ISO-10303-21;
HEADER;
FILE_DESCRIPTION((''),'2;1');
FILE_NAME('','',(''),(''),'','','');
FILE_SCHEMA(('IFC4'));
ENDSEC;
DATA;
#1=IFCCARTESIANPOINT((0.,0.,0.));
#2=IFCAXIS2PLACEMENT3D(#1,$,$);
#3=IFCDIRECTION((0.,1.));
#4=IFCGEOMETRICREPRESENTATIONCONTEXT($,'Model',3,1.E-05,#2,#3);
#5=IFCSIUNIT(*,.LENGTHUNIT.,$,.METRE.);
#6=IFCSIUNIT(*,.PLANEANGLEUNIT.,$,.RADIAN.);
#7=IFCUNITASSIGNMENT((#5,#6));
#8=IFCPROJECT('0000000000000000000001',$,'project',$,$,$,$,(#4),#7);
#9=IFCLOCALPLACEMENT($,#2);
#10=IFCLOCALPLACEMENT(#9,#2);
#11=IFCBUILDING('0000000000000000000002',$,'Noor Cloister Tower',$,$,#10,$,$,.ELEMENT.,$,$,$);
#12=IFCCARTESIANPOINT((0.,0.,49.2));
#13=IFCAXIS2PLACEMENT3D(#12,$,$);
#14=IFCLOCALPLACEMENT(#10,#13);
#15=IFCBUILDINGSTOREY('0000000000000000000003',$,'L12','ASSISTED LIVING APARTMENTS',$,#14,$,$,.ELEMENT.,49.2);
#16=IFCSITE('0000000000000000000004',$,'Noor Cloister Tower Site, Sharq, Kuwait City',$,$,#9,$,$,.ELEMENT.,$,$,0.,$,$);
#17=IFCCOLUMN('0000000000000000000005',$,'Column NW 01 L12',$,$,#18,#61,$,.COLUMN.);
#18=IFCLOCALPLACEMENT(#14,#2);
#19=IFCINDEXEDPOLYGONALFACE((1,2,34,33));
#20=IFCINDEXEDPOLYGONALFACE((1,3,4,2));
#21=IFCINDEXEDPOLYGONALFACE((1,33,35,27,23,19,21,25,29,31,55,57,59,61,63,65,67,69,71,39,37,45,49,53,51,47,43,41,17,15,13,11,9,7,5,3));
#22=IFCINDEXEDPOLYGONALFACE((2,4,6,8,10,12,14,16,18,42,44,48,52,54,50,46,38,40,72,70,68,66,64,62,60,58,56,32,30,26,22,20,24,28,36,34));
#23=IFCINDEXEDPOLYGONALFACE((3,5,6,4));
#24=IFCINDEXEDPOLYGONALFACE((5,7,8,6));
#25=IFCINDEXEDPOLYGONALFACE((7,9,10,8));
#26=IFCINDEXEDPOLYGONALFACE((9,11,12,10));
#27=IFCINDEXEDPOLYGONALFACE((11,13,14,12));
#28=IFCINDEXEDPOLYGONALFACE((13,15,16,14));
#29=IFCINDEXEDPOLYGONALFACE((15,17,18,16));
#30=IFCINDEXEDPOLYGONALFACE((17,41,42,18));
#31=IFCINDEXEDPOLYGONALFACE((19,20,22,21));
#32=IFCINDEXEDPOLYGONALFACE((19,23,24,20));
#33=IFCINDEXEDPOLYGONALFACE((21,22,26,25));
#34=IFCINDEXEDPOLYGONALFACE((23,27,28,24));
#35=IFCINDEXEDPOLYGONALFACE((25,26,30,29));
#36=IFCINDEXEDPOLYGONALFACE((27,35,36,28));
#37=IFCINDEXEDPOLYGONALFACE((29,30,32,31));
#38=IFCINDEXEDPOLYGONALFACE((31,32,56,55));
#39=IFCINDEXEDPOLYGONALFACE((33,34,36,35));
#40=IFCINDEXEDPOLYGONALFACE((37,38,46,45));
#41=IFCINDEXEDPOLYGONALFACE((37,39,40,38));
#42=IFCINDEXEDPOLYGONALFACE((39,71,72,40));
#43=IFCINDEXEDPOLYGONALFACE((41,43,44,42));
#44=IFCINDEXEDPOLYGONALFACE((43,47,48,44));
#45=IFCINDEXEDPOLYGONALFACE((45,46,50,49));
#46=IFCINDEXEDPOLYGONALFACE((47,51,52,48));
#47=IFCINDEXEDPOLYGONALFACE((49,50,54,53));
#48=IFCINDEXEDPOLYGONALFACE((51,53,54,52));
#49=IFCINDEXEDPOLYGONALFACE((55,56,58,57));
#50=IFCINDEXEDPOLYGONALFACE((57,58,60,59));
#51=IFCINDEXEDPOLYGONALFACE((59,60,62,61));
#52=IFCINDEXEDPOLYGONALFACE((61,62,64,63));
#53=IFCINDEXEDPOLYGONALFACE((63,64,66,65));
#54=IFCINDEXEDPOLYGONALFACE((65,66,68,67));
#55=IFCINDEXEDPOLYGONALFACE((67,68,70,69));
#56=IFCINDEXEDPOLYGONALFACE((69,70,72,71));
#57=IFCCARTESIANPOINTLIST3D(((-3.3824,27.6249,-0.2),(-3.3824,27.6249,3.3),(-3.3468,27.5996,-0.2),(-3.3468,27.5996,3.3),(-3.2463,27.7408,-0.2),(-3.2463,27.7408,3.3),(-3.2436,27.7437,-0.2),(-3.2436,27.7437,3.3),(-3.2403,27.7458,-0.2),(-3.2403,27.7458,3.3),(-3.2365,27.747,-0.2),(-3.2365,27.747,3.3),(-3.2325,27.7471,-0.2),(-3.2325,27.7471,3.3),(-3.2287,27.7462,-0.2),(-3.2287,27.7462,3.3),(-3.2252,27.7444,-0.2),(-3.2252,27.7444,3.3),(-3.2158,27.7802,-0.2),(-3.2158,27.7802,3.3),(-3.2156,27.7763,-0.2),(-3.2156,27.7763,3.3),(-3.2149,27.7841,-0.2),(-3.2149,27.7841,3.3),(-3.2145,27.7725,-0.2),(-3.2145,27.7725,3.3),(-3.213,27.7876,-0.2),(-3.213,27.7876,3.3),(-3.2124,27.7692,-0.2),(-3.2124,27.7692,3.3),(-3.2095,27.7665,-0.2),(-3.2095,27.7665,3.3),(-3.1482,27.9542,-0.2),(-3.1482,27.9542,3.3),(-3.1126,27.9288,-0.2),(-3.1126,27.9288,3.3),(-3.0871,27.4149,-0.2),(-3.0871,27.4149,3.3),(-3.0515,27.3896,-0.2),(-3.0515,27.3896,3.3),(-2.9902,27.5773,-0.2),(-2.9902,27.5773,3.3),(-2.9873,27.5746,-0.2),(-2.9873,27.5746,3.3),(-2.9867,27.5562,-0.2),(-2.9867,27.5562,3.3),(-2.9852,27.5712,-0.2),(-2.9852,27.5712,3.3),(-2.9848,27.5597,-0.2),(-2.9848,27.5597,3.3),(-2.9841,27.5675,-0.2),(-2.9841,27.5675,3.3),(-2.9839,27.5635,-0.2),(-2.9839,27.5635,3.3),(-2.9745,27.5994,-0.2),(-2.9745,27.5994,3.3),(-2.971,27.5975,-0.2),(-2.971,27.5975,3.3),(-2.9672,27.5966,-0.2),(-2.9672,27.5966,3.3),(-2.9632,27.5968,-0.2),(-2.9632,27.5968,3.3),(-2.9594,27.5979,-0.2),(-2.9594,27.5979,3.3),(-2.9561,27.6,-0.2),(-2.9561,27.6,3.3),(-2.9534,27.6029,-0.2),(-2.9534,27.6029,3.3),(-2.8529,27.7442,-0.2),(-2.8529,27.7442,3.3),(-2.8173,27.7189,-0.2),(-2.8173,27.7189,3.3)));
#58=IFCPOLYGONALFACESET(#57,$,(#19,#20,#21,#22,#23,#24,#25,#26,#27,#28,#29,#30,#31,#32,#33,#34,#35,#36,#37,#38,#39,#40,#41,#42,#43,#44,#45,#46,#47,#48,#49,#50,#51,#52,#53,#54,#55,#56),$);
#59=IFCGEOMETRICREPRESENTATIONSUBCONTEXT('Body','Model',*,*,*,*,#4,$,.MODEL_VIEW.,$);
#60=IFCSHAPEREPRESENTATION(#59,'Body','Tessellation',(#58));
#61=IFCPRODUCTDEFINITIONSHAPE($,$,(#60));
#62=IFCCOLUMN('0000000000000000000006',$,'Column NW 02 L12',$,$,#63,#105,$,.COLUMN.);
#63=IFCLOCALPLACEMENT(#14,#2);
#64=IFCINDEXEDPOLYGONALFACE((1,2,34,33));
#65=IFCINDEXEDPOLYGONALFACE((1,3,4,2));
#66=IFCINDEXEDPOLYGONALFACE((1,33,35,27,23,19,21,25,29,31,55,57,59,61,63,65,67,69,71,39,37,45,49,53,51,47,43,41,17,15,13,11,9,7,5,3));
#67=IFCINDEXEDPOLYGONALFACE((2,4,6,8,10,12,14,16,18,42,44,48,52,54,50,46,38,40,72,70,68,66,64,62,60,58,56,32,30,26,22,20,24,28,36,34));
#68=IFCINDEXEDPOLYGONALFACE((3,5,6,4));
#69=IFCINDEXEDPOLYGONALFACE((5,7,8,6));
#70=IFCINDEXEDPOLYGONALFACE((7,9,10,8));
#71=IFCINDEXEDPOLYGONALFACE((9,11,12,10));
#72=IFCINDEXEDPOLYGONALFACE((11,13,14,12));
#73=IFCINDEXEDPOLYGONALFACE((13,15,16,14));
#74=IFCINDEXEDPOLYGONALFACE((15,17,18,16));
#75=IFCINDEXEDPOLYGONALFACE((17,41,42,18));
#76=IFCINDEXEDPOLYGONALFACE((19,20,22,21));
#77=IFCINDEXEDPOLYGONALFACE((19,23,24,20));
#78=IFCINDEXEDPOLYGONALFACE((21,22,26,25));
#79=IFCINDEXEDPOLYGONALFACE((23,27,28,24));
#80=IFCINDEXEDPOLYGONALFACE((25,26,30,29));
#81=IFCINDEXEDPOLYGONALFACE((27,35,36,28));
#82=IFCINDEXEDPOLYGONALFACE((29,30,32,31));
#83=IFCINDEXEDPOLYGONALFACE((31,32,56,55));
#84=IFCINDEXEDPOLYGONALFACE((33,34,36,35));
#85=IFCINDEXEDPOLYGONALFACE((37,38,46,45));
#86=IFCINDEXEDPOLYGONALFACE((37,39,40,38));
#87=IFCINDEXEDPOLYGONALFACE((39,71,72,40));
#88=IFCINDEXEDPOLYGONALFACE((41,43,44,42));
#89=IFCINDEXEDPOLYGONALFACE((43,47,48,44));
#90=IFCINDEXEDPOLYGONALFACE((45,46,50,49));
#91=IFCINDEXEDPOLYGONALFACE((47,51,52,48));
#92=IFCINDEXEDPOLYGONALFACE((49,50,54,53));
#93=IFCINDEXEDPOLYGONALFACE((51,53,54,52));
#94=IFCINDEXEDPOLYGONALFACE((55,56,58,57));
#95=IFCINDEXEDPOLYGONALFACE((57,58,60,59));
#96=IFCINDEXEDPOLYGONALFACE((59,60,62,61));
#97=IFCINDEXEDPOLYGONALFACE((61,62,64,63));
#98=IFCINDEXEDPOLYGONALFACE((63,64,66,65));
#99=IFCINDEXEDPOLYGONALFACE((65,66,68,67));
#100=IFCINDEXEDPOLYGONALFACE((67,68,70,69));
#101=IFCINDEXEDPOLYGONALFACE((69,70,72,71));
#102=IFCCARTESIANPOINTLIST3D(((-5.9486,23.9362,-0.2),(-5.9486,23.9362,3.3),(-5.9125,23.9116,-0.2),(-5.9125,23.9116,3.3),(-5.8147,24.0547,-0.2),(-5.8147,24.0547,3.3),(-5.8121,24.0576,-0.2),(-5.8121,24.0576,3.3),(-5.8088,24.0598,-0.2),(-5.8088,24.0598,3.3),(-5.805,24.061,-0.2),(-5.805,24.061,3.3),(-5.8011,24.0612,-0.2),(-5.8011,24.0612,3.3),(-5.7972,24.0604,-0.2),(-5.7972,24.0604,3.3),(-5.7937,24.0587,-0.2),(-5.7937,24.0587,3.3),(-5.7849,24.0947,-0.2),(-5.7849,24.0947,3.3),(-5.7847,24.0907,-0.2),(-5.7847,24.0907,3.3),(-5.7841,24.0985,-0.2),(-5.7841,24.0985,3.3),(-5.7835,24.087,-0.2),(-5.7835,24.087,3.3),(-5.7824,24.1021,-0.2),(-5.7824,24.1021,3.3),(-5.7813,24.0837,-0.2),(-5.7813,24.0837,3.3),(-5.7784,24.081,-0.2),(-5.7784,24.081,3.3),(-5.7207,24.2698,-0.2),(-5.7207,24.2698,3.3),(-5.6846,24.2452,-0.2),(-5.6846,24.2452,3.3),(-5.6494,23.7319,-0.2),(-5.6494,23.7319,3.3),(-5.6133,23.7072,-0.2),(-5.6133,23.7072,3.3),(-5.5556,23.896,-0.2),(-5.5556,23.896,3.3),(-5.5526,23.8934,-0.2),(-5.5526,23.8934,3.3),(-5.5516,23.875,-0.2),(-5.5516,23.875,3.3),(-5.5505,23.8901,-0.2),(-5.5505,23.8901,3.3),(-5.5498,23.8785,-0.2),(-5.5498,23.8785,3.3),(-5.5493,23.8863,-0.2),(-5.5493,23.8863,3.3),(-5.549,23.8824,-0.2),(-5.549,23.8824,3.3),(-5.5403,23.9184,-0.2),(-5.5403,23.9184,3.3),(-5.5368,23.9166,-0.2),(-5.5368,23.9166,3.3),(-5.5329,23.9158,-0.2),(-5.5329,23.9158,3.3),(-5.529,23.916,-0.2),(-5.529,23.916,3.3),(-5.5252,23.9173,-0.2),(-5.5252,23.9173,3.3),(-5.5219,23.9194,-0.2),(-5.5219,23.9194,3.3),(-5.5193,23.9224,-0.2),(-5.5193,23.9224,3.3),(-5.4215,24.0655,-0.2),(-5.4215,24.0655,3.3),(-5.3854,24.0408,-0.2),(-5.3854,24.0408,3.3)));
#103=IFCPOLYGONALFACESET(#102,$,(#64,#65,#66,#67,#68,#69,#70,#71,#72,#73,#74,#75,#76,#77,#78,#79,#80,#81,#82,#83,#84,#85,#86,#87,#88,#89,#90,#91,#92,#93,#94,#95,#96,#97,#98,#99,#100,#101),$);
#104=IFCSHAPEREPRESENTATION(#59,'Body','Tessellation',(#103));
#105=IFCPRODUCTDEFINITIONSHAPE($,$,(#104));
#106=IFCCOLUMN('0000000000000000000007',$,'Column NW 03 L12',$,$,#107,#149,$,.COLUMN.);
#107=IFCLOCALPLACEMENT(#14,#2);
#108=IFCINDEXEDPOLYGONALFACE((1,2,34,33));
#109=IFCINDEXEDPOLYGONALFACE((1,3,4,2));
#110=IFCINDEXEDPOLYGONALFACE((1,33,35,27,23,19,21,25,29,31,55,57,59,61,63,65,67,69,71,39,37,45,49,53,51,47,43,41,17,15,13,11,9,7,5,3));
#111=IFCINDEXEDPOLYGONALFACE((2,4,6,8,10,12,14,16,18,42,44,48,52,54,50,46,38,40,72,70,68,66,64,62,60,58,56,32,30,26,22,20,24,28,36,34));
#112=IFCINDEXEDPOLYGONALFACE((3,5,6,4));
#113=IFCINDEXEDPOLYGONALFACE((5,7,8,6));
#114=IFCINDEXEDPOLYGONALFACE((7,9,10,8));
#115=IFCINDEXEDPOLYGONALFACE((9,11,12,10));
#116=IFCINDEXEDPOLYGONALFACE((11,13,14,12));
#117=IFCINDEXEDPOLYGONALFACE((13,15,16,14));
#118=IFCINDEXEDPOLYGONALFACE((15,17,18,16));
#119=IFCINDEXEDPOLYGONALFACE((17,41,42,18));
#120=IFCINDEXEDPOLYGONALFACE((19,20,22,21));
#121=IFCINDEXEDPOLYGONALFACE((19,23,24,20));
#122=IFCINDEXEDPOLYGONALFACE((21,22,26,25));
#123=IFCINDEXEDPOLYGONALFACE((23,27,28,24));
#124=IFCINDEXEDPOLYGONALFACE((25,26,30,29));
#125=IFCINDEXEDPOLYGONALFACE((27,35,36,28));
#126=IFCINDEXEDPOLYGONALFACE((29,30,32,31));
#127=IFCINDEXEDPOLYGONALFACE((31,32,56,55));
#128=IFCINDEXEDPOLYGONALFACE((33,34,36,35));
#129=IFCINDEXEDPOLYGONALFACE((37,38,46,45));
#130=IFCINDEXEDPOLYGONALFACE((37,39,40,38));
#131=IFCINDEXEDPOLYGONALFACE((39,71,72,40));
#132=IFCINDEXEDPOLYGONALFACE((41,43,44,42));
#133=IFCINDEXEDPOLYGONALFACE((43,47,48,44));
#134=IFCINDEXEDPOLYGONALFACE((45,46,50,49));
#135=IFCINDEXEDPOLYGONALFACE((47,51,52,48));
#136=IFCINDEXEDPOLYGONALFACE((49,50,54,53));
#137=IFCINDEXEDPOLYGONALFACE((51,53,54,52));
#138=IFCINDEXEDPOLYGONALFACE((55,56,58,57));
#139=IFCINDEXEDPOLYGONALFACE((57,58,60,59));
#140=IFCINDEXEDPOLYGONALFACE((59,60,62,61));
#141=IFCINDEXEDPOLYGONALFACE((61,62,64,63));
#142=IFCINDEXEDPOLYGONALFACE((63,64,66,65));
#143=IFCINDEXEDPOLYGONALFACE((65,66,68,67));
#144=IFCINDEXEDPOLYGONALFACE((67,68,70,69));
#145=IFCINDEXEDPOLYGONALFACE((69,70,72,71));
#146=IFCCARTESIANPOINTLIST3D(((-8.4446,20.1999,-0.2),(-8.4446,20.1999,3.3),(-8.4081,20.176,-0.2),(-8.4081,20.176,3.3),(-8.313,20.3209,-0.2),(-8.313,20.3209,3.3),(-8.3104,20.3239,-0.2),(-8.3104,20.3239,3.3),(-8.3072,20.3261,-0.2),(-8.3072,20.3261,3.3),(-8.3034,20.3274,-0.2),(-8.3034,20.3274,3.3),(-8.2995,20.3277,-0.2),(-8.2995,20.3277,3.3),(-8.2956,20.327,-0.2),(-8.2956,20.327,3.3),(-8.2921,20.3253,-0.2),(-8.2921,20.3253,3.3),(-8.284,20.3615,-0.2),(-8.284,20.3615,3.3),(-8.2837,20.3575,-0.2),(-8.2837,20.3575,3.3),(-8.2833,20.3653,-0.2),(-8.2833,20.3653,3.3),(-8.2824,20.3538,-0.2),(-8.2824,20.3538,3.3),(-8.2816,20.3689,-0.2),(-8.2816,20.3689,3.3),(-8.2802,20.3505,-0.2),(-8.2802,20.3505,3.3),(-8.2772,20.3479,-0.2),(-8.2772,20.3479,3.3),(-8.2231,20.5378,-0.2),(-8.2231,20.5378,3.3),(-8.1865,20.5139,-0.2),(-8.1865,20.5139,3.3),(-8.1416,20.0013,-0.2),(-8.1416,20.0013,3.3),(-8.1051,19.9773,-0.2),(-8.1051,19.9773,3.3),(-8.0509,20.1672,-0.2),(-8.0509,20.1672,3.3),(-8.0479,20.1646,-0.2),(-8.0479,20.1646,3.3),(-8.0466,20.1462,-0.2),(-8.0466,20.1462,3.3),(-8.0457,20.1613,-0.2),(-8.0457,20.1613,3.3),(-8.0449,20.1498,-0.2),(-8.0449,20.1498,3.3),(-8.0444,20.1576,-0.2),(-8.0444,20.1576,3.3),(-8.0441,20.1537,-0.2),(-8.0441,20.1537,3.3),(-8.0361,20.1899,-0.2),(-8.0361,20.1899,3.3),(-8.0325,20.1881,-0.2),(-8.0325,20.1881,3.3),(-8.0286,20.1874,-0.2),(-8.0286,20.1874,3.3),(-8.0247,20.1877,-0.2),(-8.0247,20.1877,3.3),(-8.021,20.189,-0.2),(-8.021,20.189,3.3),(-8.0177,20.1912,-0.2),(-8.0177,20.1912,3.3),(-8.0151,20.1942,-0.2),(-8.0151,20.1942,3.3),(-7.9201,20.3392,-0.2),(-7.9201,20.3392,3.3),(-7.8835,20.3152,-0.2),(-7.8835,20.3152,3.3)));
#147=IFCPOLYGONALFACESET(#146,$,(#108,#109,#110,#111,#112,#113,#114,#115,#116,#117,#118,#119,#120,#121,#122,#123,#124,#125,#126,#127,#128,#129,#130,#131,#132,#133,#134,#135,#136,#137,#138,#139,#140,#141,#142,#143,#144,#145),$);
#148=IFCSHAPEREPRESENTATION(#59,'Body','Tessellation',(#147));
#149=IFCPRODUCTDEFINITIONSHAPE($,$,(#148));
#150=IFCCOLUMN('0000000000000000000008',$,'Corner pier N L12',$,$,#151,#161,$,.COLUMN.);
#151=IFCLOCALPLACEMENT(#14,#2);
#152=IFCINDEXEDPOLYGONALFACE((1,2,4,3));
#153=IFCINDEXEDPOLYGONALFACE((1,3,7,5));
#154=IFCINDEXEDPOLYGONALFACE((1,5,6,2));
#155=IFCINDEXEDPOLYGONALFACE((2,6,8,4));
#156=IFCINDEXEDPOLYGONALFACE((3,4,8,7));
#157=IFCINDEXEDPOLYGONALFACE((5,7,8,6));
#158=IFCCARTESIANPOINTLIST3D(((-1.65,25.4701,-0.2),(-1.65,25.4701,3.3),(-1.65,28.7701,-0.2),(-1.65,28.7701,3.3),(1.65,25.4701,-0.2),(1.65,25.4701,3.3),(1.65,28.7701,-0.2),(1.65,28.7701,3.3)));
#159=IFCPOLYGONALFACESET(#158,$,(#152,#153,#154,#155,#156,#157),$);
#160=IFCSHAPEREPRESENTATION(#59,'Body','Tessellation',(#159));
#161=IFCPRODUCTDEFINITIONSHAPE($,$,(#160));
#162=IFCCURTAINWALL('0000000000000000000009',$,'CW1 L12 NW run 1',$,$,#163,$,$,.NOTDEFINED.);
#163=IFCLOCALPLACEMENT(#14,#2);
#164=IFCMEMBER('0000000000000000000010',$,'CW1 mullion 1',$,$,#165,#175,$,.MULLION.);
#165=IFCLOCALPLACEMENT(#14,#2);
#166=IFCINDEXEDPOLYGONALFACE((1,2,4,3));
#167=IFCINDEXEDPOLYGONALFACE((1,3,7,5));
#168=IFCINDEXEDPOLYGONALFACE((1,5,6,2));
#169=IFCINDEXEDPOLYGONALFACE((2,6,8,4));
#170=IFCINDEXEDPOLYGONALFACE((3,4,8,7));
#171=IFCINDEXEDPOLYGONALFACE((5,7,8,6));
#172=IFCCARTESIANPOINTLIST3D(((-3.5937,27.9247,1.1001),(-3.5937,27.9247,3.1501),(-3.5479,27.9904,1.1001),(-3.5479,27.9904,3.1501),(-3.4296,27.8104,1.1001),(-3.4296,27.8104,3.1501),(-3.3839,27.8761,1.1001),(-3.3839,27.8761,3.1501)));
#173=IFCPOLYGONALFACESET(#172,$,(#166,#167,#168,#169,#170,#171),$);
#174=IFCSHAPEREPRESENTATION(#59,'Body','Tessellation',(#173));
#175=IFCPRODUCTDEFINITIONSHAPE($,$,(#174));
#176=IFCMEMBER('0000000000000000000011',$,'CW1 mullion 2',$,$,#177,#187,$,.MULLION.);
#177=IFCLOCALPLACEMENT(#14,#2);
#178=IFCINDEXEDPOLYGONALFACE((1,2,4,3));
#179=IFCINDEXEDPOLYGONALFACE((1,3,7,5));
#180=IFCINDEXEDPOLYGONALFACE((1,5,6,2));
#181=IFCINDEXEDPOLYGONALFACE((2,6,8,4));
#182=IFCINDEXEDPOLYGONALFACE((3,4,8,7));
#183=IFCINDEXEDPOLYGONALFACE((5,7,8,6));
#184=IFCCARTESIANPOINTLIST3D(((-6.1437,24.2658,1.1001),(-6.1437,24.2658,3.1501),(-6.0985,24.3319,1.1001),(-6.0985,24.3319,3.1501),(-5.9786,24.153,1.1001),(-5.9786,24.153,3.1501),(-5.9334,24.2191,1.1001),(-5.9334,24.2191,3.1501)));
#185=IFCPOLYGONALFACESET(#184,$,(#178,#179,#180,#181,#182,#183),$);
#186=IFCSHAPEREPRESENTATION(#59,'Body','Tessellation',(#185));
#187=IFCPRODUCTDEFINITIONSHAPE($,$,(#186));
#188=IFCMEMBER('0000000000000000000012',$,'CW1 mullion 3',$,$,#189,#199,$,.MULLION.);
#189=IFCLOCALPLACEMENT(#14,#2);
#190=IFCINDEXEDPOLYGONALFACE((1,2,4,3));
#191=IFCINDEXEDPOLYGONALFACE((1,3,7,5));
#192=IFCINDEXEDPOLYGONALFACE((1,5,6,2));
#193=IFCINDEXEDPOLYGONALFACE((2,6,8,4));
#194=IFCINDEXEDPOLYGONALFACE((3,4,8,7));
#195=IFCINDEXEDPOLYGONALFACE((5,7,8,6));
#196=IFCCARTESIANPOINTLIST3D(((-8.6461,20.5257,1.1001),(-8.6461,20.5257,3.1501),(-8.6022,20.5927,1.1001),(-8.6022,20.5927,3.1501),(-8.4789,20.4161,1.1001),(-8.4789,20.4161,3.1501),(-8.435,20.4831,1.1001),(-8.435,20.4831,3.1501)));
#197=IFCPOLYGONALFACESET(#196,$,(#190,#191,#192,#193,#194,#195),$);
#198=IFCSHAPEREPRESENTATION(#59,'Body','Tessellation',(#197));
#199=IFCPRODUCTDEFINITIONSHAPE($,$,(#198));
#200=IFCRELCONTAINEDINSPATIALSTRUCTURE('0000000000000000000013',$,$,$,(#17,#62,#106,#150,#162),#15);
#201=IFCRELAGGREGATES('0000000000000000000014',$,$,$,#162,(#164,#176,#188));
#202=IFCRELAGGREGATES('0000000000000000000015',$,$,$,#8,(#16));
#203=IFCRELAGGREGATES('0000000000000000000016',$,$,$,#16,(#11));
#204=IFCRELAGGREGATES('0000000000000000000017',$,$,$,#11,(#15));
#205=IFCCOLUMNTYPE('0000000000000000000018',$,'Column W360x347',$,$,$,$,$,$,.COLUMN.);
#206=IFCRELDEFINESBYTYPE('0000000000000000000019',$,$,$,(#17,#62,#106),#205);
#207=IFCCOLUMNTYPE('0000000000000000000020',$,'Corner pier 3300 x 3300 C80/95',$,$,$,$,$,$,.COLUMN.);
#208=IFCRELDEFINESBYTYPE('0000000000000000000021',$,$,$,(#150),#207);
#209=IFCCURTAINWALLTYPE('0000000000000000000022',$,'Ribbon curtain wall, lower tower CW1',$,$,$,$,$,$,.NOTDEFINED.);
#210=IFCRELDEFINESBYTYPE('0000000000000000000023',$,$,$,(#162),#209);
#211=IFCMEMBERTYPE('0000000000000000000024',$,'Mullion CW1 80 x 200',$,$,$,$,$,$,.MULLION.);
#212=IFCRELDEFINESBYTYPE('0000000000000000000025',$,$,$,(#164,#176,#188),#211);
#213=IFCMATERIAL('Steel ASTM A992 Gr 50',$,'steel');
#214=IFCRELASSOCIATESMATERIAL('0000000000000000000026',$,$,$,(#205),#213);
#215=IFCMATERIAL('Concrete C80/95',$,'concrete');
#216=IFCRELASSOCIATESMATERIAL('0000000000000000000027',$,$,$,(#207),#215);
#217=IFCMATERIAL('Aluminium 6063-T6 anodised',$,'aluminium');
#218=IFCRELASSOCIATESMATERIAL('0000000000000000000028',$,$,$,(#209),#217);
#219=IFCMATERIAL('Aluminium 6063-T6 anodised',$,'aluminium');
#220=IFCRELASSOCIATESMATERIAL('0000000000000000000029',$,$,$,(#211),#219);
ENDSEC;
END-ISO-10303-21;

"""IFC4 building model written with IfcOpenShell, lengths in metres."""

from ifc_helpers import new_model, si_unit, direction, frame, origin, origin_2d, place, context, subcontext, project, spatial, rectangle, i_section, extrude, material, material_profile, profile_set, type_object, element, aggregate, save


model = new_model("IFC4")

# Units and contexts
model_context = context("Model", 3, precision=1e-05, world=origin(), true_north=direction((0.0, 1.0)))
body_context = subcontext(model_context, "Body", "Model", "MODEL_VIEW")
ifc_project = project(units=[si_unit("LENGTHUNIT", "METRE"), si_unit("PLANEANGLEUNIT", "RADIAN")], contexts=[model_context])

# Site, building, storey
site_placement = place(None, origin())
site = spatial("IfcSite", under=ifc_project, at=site_placement, Name="Noor Cloister Tower Site, Sharq, Kuwait City", CompositionType="ELEMENT", RefElevation=0.0)
building_placement = place(site_placement, origin())
building = spatial("IfcBuilding", under=site, at=building_placement, Name="Noor Cloister Tower", CompositionType="ELEMENT")
storey_placement = place(building_placement, frame((0.0, 0.0, 49.2)))
storey = spatial("IfcBuildingStorey", under=building, at=storey_placement, Name="L12", Description="ASSISTED LIVING APARTMENTS", CompositionType="ELEMENT", Elevation=49.2)

# Columns
ifc_material_1 = material(Name="Steel ASTM A992 Gr 50", Category="steel")
ifc_material_profile_1 = material_profile(ifc_material_1, i_section(OverallWidth=0.4041, OverallDepth=0.406, WebThickness=0.0271, FlangeThickness=0.0437, FilletRadius=0.0151, at=origin_2d()), Name="W360x347")
ifc_profile_set_1 = profile_set([ifc_material_profile_1], Name="Steel ASTM A992 Gr 50")
column_type_1 = type_object("IfcColumnType", Name="Column W360x347", PredefinedType="COLUMN", material=ifc_profile_set_1)
for number, where, z_axis, x_axis, name in (
    (1, (-3.0999, 27.6719, -0.2), (0.0, 0.0, 1.0), (-0.579552, -0.814936, 0.0), "Column NW 01 L12"),
    (2, (-5.667, 23.9885, -0.2), (0.0, 0.0, 1.0), (-0.564034, -0.825752, 0.0), "Column NW 02 L12"),
    (3, (-8.1641, 20.2576, -0.2), (0.0, 0.0, 1.0), (-0.548314, -0.836273, 0.0), "Column NW 03 L12"),
):
    element("IfcColumn", number, at=place(storey_placement, frame(where, z_axis=z_axis, x_axis=x_axis)), inside=storey, type_object=column_type_1, Name=name, PredefinedType="COLUMN", context=body_context, shape_type="SweptSolid", body=[
        extrude(i_section(OverallWidth=0.4041, OverallDepth=0.406, WebThickness=0.0271, FlangeThickness=0.0437, FilletRadius=0.0151, at=origin_2d()), origin(), (0.0, 0.0, 1.0), 3.5),
    ])
ifc_material_2 = material(Name="Concrete C80/95", Category="concrete")
ifc_material_profile_2 = material_profile(ifc_material_2, rectangle(XDim=3.3, YDim=3.3, at=origin_2d()), Name="RC 3300x3300")
ifc_profile_set_2 = profile_set([ifc_material_profile_2], Name="Concrete C80/95")
column_type_2 = type_object("IfcColumnType", Name="Corner pier 3300 x 3300 C80/95", PredefinedType="COLUMN", material=ifc_profile_set_2)
column_placement = place(storey_placement, frame((0.0, 27.1201, -0.2), z_axis=(0.0, 0.0, 1.0), x_axis=(0.0, 1.0, 0.0)))
element("IfcColumn", 4, at=column_placement, inside=storey, type_object=column_type_2, Name="Corner pier N L12", PredefinedType="COLUMN", context=body_context, shape_type="SweptSolid", body=[
    extrude(rectangle(XDim=3.3, YDim=3.3, at=origin_2d()), origin(), (0.0, 0.0, 1.0), 3.5),
])

# Curtain wall, members
ifc_material_3 = material(Name="Aluminium 6063-T6 anodised", Category="aluminium")
curtain_wall_type = type_object("IfcCurtainWallType", Name="Ribbon curtain wall, lower tower CW1", PredefinedType="NOTDEFINED", material=ifc_material_3)
curtain_wall_placement = place(storey_placement, origin())
curtain_wall = element("IfcCurtainWall", 5, at=curtain_wall_placement, inside=storey, type_object=curtain_wall_type, Name="CW1 L12 NW run 1", PredefinedType="NOTDEFINED")
ifc_material_4 = material(Name="Aluminium 6063-T6 anodised", Category="aluminium")
ifc_material_profile_3 = material_profile(ifc_material_4, rectangle(XDim=0.2, YDim=0.0801, at=origin_2d()), Name="200 x 80 mullion")
ifc_profile_set_3 = profile_set([ifc_material_profile_3], Name="Aluminium 6063-T6 anodised")
member_type = type_object("IfcMemberType", Name="Mullion CW1 80 x 200", PredefinedType="MULLION", material=ifc_profile_set_3)
member_1_placement = place(storey_placement, frame((-3.4888, 27.9004, 1.1001), z_axis=(0.0, 0.0, 1.0), x_axis=(0.82038, -0.571818, 0.0)))
member_1 = element("IfcMember", 6, at=member_1_placement, type_object=member_type, Name="CW1 mullion 1", PredefinedType="MULLION", context=body_context, shape_type="SweptSolid", body=[
    extrude(rectangle(XDim=0.2, YDim=0.0801, at=origin_2d()), origin(), (0.0, 0.0, 1.0), 2.05),
])
member_2_placement = place(storey_placement, frame((-6.0386, 24.2424, 1.1001), z_axis=(0.0, 0.0, 1.0), x_axis=(0.825752, -0.564034, 0.0)))
member_2 = element("IfcMember", 7, at=member_2_placement, type_object=member_type, Name="CW1 mullion 2", PredefinedType="MULLION", context=body_context, shape_type="SweptSolid", body=[
    extrude(rectangle(XDim=0.2, YDim=0.0801, at=origin_2d()), origin(), (0.0, 0.0, 1.0), 2.05),
])
member_3_placement = place(storey_placement, frame((-8.5405, 20.5044, 1.1001), z_axis=(0.0, 0.0, 1.0), x_axis=(0.836273, -0.548314, 0.0)))
member_3 = element("IfcMember", 8, at=member_3_placement, type_object=member_type, Name="CW1 mullion 3", PredefinedType="MULLION", context=body_context, shape_type="SweptSolid", body=[
    extrude(rectangle(XDim=0.2, YDim=0.0801, at=origin_2d()), origin(), (0.0, 0.0, 1.0), 2.05),
])

aggregate(curtain_wall, [member_1, member_2, member_3])

save(model, "model.ifc")
